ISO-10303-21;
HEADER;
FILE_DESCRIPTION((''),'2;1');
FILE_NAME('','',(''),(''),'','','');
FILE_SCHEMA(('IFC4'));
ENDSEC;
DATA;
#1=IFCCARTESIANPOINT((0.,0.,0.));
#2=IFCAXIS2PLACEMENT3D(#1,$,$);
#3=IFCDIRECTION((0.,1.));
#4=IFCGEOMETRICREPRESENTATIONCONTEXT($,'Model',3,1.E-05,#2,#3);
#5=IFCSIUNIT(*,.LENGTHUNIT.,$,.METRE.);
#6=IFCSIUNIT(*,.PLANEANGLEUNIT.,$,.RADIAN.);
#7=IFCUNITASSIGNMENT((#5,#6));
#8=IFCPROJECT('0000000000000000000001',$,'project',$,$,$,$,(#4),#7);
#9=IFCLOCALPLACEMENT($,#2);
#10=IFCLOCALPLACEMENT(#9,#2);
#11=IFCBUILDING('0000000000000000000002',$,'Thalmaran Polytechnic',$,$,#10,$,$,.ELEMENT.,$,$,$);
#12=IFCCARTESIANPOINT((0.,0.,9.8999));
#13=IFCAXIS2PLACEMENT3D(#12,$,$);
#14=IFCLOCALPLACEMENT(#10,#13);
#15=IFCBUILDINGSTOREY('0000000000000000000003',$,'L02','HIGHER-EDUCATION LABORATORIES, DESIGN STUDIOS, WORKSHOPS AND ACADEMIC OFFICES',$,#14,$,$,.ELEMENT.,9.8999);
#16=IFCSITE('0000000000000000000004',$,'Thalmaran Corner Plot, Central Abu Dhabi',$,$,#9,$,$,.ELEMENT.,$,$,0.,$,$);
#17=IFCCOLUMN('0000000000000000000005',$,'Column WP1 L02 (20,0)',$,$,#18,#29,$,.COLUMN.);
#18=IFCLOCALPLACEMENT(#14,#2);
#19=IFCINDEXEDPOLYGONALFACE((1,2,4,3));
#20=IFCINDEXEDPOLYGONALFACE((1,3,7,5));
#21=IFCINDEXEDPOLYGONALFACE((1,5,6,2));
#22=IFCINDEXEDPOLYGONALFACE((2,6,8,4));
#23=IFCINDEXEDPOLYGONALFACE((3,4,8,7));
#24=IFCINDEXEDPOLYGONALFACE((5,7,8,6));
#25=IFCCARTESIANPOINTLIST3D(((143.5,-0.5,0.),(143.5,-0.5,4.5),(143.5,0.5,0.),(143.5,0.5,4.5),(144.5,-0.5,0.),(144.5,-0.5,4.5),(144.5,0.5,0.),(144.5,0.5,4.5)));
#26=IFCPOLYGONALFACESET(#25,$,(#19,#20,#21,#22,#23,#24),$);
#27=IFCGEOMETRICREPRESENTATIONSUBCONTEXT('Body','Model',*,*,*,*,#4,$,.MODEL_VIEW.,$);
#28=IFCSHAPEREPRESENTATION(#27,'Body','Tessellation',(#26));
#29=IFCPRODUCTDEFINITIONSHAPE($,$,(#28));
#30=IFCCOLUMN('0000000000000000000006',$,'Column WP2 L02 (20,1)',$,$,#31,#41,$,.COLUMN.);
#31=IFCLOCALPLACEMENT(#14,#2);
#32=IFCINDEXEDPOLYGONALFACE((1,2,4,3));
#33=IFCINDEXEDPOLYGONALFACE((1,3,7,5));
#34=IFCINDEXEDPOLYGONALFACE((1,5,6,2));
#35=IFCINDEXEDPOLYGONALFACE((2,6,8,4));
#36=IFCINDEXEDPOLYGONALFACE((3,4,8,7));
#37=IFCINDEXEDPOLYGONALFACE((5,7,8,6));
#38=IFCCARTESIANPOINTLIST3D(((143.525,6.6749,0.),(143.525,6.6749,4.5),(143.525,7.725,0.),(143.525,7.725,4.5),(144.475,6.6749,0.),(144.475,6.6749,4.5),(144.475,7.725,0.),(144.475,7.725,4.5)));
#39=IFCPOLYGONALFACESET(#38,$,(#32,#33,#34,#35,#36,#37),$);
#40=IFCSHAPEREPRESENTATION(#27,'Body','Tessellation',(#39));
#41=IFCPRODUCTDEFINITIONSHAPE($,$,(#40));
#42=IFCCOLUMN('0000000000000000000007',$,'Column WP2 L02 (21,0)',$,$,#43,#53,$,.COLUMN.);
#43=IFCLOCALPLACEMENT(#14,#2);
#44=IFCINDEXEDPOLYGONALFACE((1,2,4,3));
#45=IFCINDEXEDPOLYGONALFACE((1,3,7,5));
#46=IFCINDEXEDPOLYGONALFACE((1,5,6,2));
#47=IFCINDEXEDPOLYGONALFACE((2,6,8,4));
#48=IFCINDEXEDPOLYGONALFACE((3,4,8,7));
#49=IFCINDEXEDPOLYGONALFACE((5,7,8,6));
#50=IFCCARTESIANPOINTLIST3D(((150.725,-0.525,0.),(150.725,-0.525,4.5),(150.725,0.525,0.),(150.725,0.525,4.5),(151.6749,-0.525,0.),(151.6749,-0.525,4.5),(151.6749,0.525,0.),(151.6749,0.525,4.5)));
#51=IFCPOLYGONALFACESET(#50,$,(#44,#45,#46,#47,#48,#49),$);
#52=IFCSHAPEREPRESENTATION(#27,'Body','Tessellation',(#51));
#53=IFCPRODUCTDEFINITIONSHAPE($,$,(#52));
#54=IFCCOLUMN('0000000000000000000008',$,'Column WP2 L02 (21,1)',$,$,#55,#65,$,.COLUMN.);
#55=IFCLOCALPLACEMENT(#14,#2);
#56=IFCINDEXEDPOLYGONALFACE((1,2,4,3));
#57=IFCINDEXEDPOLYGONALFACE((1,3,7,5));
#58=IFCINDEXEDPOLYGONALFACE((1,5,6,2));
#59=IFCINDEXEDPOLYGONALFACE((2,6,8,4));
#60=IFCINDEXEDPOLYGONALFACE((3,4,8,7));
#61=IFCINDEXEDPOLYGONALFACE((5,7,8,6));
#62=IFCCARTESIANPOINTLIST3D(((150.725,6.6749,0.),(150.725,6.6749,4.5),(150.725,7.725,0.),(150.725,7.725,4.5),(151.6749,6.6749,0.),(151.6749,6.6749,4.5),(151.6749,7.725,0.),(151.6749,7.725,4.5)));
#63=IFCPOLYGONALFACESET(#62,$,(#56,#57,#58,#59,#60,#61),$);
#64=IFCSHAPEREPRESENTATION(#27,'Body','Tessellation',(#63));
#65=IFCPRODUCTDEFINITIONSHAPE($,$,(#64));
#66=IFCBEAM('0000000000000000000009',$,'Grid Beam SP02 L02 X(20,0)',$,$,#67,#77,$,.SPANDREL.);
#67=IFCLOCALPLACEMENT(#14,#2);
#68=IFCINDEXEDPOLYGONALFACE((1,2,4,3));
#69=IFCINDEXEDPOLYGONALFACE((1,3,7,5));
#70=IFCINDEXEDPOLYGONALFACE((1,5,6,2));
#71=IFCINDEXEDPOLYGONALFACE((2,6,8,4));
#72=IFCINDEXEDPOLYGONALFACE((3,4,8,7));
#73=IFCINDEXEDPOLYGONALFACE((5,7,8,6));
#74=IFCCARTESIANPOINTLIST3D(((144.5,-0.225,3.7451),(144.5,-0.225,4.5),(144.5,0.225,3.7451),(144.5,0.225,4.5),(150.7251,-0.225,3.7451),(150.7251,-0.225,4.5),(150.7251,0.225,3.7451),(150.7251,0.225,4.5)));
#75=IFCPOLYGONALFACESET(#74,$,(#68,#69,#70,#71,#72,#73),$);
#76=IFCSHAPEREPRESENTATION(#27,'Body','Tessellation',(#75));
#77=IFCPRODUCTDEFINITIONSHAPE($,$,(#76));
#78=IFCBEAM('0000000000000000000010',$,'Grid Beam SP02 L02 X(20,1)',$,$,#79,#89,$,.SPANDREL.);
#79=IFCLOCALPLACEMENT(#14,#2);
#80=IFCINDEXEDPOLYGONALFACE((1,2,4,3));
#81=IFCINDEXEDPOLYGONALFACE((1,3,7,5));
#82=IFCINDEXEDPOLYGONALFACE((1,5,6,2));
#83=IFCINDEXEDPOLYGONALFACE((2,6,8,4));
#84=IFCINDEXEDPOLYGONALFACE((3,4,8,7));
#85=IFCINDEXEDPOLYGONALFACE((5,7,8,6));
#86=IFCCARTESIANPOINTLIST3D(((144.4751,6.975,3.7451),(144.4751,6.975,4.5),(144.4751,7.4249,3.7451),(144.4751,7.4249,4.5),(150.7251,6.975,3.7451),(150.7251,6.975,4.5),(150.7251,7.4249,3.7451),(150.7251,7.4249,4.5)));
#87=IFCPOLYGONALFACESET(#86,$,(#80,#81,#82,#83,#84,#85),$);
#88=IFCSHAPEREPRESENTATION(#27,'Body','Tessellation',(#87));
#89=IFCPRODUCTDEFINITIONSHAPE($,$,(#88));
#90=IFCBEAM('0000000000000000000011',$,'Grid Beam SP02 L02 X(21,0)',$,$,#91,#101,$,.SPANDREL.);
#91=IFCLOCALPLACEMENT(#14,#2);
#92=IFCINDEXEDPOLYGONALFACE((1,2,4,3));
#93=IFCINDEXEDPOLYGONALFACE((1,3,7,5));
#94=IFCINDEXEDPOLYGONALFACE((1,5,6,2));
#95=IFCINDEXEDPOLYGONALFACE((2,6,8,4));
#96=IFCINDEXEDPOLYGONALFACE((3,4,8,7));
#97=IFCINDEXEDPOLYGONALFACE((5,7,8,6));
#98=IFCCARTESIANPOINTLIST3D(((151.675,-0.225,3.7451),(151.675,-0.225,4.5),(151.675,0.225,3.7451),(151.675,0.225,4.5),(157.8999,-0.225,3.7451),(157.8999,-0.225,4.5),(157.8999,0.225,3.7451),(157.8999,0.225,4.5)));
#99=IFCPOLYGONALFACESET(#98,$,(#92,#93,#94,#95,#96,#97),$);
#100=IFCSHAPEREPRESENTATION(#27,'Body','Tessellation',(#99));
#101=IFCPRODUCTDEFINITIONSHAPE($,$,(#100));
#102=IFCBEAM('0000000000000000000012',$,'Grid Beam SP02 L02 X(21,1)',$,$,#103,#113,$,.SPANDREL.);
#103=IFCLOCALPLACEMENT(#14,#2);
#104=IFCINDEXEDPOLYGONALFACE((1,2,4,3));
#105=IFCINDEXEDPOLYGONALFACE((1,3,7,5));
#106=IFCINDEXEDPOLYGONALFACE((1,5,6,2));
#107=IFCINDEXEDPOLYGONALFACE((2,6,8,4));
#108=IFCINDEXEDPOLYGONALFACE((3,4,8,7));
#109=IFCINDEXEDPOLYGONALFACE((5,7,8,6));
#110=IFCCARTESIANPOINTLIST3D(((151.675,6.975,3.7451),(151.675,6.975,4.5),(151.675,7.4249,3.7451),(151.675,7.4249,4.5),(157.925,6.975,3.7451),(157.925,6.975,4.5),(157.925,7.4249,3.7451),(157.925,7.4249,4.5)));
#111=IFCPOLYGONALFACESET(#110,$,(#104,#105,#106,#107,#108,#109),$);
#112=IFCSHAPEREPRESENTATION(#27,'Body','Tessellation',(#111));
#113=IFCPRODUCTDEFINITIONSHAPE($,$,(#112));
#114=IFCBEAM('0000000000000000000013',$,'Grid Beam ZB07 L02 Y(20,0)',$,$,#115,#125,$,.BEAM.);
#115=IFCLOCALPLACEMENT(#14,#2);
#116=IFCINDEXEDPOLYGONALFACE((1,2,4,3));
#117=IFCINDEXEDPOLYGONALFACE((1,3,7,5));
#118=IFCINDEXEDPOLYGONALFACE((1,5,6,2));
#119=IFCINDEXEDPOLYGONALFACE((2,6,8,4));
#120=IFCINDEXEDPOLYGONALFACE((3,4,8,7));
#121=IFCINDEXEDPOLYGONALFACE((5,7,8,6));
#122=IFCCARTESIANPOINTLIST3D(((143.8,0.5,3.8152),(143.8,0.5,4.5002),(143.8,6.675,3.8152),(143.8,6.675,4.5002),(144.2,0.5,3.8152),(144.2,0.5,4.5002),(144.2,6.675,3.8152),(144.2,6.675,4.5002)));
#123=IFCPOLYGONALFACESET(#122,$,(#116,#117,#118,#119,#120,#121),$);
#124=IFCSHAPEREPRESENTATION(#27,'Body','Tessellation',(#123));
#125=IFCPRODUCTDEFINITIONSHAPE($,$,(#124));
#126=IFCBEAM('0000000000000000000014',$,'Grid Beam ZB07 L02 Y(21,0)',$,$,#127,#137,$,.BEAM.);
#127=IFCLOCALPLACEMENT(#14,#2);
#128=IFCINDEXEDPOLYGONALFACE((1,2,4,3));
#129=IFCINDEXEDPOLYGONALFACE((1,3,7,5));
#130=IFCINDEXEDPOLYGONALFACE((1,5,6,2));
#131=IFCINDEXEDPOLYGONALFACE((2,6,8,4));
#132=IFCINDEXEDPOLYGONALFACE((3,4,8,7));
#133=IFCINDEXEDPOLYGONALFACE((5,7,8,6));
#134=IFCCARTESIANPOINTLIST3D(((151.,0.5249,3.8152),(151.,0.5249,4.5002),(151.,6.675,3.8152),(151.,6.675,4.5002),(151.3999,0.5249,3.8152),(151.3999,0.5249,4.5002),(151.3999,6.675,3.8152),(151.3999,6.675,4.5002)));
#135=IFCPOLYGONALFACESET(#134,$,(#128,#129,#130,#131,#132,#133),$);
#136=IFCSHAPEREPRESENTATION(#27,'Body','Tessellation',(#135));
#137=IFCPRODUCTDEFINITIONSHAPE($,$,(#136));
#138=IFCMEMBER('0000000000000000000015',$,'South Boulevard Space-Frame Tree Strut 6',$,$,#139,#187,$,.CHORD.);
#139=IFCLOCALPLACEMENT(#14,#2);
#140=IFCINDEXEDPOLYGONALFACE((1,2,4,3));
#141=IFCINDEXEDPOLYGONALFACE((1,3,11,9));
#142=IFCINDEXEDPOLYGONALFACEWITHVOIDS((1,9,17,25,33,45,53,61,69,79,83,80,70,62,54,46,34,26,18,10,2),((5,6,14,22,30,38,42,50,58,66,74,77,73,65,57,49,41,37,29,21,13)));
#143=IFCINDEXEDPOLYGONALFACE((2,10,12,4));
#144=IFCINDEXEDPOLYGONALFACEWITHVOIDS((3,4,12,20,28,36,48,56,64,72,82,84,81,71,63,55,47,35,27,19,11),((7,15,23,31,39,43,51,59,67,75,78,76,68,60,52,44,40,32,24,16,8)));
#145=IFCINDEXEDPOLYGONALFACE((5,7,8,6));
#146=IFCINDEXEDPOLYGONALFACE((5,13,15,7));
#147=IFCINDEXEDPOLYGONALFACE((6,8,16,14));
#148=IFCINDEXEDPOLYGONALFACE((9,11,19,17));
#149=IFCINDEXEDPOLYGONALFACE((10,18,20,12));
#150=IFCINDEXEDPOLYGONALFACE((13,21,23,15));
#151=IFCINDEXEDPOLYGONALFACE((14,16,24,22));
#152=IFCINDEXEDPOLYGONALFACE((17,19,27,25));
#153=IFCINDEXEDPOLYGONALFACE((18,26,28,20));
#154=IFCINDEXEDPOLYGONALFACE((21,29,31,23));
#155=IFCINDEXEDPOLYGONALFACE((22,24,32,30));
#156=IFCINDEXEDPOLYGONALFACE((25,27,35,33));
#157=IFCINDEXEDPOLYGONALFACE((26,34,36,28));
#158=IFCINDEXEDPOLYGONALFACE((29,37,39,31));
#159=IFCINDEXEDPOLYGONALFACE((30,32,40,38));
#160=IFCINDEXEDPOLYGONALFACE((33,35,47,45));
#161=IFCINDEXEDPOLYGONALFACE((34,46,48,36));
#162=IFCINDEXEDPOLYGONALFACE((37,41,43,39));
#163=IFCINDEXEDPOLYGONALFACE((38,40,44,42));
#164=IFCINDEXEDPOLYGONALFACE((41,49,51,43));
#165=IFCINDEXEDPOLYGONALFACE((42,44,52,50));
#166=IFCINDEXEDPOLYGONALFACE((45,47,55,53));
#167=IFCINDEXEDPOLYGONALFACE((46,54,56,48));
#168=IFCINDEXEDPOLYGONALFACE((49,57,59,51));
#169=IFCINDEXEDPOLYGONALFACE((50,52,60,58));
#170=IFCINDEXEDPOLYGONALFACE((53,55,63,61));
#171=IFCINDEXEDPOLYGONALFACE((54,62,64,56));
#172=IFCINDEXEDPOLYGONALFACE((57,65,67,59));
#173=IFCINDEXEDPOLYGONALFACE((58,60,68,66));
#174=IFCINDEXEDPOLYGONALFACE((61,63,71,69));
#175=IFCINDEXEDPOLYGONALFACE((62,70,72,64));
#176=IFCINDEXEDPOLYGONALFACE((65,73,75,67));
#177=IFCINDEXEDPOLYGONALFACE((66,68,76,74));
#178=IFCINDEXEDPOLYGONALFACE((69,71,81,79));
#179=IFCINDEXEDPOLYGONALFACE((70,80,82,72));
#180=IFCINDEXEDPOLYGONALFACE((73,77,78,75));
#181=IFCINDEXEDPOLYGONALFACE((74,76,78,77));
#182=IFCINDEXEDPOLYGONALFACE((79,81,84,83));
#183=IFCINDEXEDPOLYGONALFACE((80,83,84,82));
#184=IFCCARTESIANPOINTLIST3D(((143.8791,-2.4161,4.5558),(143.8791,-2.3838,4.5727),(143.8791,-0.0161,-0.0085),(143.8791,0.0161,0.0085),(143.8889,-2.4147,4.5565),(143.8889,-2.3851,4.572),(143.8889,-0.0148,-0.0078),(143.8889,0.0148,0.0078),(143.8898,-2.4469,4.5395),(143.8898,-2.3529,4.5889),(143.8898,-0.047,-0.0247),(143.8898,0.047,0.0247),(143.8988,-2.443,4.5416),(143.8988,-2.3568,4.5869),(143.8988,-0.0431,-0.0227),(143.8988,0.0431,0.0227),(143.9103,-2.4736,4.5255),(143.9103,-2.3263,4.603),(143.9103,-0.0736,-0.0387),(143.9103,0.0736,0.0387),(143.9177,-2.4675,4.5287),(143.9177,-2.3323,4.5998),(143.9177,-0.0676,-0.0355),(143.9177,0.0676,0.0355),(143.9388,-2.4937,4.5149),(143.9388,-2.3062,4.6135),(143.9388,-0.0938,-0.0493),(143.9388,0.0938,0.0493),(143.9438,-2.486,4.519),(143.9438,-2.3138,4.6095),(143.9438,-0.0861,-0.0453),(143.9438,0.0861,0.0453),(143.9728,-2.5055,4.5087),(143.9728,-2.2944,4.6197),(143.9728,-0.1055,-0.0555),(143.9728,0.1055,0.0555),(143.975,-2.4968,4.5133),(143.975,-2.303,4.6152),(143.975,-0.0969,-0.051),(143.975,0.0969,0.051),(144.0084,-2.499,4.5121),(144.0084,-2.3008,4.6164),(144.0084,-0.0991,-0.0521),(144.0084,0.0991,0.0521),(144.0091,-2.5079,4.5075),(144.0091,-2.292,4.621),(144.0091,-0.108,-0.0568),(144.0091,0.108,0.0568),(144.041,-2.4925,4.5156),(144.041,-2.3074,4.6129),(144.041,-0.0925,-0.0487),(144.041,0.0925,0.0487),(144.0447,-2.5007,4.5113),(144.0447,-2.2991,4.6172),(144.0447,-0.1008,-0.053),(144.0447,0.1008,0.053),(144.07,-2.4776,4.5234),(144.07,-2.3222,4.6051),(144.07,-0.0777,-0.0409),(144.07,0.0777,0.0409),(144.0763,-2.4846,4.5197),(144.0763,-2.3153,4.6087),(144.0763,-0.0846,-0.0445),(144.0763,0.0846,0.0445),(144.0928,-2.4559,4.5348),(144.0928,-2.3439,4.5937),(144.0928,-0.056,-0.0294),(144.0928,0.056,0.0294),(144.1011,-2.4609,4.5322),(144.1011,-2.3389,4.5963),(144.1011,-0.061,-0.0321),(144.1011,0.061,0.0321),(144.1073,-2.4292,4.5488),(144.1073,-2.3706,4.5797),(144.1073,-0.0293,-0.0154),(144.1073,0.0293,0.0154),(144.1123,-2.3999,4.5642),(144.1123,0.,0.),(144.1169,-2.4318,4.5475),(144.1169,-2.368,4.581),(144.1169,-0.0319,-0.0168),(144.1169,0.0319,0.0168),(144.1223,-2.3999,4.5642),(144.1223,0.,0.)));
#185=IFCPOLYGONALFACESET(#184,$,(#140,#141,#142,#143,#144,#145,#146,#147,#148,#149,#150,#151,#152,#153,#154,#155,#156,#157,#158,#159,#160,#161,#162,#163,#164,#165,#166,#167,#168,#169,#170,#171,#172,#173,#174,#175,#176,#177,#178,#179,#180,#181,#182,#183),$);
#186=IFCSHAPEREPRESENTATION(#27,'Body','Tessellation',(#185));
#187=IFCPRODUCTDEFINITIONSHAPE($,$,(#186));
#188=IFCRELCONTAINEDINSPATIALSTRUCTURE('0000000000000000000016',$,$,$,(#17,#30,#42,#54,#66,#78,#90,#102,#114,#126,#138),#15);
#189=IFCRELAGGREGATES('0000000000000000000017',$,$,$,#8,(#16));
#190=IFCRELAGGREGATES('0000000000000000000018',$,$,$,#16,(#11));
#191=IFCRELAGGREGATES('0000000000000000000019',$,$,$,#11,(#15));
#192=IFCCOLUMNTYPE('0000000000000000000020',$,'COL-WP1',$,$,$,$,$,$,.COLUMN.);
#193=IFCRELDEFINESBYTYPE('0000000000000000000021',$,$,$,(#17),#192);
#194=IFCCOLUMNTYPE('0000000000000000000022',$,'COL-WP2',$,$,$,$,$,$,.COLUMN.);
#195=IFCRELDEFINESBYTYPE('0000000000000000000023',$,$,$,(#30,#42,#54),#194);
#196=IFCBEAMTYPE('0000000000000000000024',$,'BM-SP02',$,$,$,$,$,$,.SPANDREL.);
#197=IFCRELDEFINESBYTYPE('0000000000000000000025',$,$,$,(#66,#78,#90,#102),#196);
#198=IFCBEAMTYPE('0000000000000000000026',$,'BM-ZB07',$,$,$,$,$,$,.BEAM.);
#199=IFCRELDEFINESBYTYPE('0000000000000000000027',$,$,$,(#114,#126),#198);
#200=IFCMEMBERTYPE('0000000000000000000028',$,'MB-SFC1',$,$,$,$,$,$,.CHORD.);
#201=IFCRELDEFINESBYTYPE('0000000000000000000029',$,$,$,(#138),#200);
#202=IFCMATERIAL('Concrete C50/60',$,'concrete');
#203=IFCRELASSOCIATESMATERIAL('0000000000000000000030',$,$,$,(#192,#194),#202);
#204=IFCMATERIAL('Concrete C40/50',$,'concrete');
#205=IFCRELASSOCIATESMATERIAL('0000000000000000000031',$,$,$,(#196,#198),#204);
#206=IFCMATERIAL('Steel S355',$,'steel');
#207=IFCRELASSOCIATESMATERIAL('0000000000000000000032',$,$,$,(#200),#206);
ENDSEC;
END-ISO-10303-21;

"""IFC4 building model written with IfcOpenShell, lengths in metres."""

from ifc_helpers import new_model, si_unit, direction, frame, origin, origin_2d, place, context, subcontext, project, spatial, rectangle, hollow_circle, extrude, material, material_profile, profile_set, type_object, element, save


model = new_model("IFC4")

# Units and contexts
model_context = context("Model", 3, precision=1e-05, world=origin(), true_north=direction((0.0, 1.0)))
body_context = subcontext(model_context, "Body", "Model", "MODEL_VIEW")
ifc_project = project(units=[si_unit("LENGTHUNIT", "METRE"), si_unit("PLANEANGLEUNIT", "RADIAN")], contexts=[model_context])

# Site, building, storey
site_placement = place(None, origin())
site = spatial("IfcSite", under=ifc_project, at=site_placement, Name="Thalmaran Corner Plot, Central Abu Dhabi", CompositionType="ELEMENT", RefElevation=0.0)
building_placement = place(site_placement, origin())
building = spatial("IfcBuilding", under=site, at=building_placement, Name="Thalmaran Polytechnic", CompositionType="ELEMENT")
storey_placement = place(building_placement, frame((0.0, 0.0, 9.8999)))
storey = spatial("IfcBuildingStorey", under=building, at=storey_placement, Name="L02", Description="HIGHER-EDUCATION LABORATORIES, DESIGN STUDIOS, WORKSHOPS AND ACADEMIC OFFICES", CompositionType="ELEMENT", Elevation=9.8999)

# Columns
ifc_material_1 = material(Name="Concrete C50/60", Category="concrete")
ifc_material_profile_1 = material_profile(ifc_material_1, rectangle(XDim=1.0, YDim=1.0, at=origin_2d()), Name="RC 1000x1000")
ifc_profile_set_1 = profile_set([ifc_material_profile_1], Name="Concrete C50/60")
column_type_1 = type_object("IfcColumnType", Name="COL-WP1", PredefinedType="COLUMN", material=ifc_profile_set_1)
column_placement = place(storey_placement, frame((144.0, 0.0, 0.0), z_axis=(0.0, 0.0, 1.0), x_axis=(1.0, 0.0, 0.0)))
element("IfcColumn", 1, at=column_placement, inside=storey, type_object=column_type_1, Name="Column WP1 L02 (20,0)", PredefinedType="COLUMN", context=body_context, shape_type="SweptSolid", body=[
    extrude(rectangle(XDim=1.0, YDim=1.0, at=origin_2d()), origin(), (0.0, 0.0, 1.0), 4.5),
])
ifc_material_profile_2 = material_profile(ifc_material_1, rectangle(XDim=0.95, YDim=1.05, at=origin_2d()), Name="RC 950x1050")
ifc_profile_set_2 = profile_set([ifc_material_profile_2], Name="Concrete C50/60")
column_type_2 = type_object("IfcColumnType", Name="COL-WP2", PredefinedType="COLUMN", material=ifc_profile_set_2)
for number, where, z_axis, x_axis, name in (
    (2, (144.0, 7.2, 0.0), (0.0, 0.0, 1.0), (1.0, 0.0, 0.0), "Column WP2 L02 (20,1)"),
    (3, (151.2, 0.0, 0.0), (0.0, 0.0, 1.0), (1.0, 0.0, 0.0), "Column WP2 L02 (21,0)"),
    (4, (151.2, 7.2, 0.0), (0.0, 0.0, 1.0), (1.0, 0.0, 0.0), "Column WP2 L02 (21,1)"),
):
    element("IfcColumn", number, at=place(storey_placement, frame(where, z_axis=z_axis, x_axis=x_axis)), inside=storey, type_object=column_type_2, Name=name, PredefinedType="COLUMN", context=body_context, shape_type="SweptSolid", body=[
        extrude(rectangle(XDim=0.95, YDim=1.05, at=origin_2d()), origin(), (0.0, 0.0, 1.0), 4.5),
    ])

# Beams
ifc_material_2 = material(Name="Concrete C40/50", Category="concrete")
ifc_material_profile_3 = material_profile(ifc_material_2, rectangle(XDim=0.45, YDim=0.7549, at=origin_2d()), Name="RC 450x755")
ifc_profile_set_3 = profile_set([ifc_material_profile_3], Name="Concrete C40/50")
beam_type_1 = type_object("IfcBeamType", Name="BM-SP02", PredefinedType="SPANDREL", material=ifc_profile_set_3)
beam_1_placement = place(storey_placement, frame((144.5, 0.0, 4.1226), z_axis=(1.0, 0.0, 0.0), x_axis=(0.0, 1.0, 0.0)))
element("IfcBeam", 5, at=beam_1_placement, inside=storey, type_object=beam_type_1, Name="Grid Beam SP02 L02 X(20,0)", PredefinedType="SPANDREL", context=body_context, shape_type="SweptSolid", body=[
    extrude(rectangle(XDim=0.45, YDim=0.7549, at=origin_2d()), origin(), (0.0, 0.0, 1.0), 6.2251),
])
beam_2_placement = place(storey_placement, frame((144.4751, 7.2, 4.1226), z_axis=(1.0, 0.0, 0.0), x_axis=(0.0, 1.0, 0.0)))
element("IfcBeam", 6, at=beam_2_placement, inside=storey, type_object=beam_type_1, Name="Grid Beam SP02 L02 X(20,1)", PredefinedType="SPANDREL", context=body_context, shape_type="SweptSolid", body=[
    extrude(rectangle(XDim=0.45, YDim=0.7549, at=origin_2d()), origin(), (0.0, 0.0, 1.0), 6.25),
])
beam_3_placement = place(storey_placement, frame((151.675, 0.0, 4.1226), z_axis=(1.0, 0.0, 0.0), x_axis=(0.0, 1.0, 0.0)))
element("IfcBeam", 7, at=beam_3_placement, inside=storey, type_object=beam_type_1, Name="Grid Beam SP02 L02 X(21,0)", PredefinedType="SPANDREL", context=body_context, shape_type="SweptSolid", body=[
    extrude(rectangle(XDim=0.45, YDim=0.7549, at=origin_2d()), origin(), (0.0, 0.0, 1.0), 6.2249),
])
beam_4_placement = place(storey_placement, frame((151.675, 7.2, 4.1226), z_axis=(1.0, 0.0, 0.0), x_axis=(0.0, 1.0, 0.0)))
element("IfcBeam", 8, at=beam_4_placement, inside=storey, type_object=beam_type_1, Name="Grid Beam SP02 L02 X(21,1)", PredefinedType="SPANDREL", context=body_context, shape_type="SweptSolid", body=[
    extrude(rectangle(XDim=0.45, YDim=0.7549, at=origin_2d()), origin(), (0.0, 0.0, 1.0), 6.25),
])
ifc_material_profile_4 = material_profile(ifc_material_2, rectangle(XDim=0.3999, YDim=0.6851, at=origin_2d()), Name="RC 400x685")
ifc_profile_set_4 = profile_set([ifc_material_profile_4], Name="Concrete C40/50")
beam_type_2 = type_object("IfcBeamType", Name="BM-ZB07", PredefinedType="BEAM", material=ifc_profile_set_4)
beam_5_placement = place(storey_placement, frame((144.0, 0.5, 4.1577), z_axis=(0.0, 1.0, 0.0), x_axis=(-1.0, 0.0, 0.0)))
element("IfcBeam", 9, at=beam_5_placement, inside=storey, type_object=beam_type_2, Name="Grid Beam ZB07 L02 Y(20,0)", PredefinedType="BEAM", context=body_context, shape_type="SweptSolid", body=[
    extrude(rectangle(XDim=0.3999, YDim=0.6851, at=origin_2d()), origin(), (0.0, 0.0, 1.0), 6.175),
])
beam_6_placement = place(storey_placement, frame((151.2, 0.5249, 4.1577), z_axis=(0.0, 1.0, 0.0), x_axis=(-1.0, 0.0, 0.0)))
element("IfcBeam", 10, at=beam_6_placement, inside=storey, type_object=beam_type_2, Name="Grid Beam ZB07 L02 Y(21,0)", PredefinedType="BEAM", context=body_context, shape_type="SweptSolid", body=[
    extrude(rectangle(XDim=0.3999, YDim=0.6851, at=origin_2d()), origin(), (0.0, 0.0, 1.0), 6.1501),
])

# Member
ifc_material_3 = material(Name="Steel S355", Category="steel")
ifc_material_profile_5 = material_profile(ifc_material_3, hollow_circle(Radius=0.1223, WallThickness=0.01, at=origin_2d()), Name="CHS 244.5x10.0")
ifc_profile_set_5 = profile_set([ifc_material_profile_5], Name="Steel S355")
member_type = type_object("IfcMemberType", Name="MB-SFC1", PredefinedType="CHORD", material=ifc_profile_set_5)
for number, where, z_axis, x_axis, name in (
    (11, (144.0, 0.0, 0.0), (0.0, -0.465395, 0.885103), (1.0, 0.0, 0.0), "South Boulevard Space-Frame Tree Strut 6"),
):
    element("IfcMember", number, at=place(storey_placement, frame(where, z_axis=z_axis, x_axis=x_axis)), inside=storey, type_object=member_type, Name=name, PredefinedType="CHORD", context=body_context, shape_type="SweptSolid", body=[
        extrude(hollow_circle(Radius=0.1223, WallThickness=0.01, at=origin_2d()), origin(), (0.0, 0.0, 1.0), 5.1567),
    ])

save(model, "model.ifc")
